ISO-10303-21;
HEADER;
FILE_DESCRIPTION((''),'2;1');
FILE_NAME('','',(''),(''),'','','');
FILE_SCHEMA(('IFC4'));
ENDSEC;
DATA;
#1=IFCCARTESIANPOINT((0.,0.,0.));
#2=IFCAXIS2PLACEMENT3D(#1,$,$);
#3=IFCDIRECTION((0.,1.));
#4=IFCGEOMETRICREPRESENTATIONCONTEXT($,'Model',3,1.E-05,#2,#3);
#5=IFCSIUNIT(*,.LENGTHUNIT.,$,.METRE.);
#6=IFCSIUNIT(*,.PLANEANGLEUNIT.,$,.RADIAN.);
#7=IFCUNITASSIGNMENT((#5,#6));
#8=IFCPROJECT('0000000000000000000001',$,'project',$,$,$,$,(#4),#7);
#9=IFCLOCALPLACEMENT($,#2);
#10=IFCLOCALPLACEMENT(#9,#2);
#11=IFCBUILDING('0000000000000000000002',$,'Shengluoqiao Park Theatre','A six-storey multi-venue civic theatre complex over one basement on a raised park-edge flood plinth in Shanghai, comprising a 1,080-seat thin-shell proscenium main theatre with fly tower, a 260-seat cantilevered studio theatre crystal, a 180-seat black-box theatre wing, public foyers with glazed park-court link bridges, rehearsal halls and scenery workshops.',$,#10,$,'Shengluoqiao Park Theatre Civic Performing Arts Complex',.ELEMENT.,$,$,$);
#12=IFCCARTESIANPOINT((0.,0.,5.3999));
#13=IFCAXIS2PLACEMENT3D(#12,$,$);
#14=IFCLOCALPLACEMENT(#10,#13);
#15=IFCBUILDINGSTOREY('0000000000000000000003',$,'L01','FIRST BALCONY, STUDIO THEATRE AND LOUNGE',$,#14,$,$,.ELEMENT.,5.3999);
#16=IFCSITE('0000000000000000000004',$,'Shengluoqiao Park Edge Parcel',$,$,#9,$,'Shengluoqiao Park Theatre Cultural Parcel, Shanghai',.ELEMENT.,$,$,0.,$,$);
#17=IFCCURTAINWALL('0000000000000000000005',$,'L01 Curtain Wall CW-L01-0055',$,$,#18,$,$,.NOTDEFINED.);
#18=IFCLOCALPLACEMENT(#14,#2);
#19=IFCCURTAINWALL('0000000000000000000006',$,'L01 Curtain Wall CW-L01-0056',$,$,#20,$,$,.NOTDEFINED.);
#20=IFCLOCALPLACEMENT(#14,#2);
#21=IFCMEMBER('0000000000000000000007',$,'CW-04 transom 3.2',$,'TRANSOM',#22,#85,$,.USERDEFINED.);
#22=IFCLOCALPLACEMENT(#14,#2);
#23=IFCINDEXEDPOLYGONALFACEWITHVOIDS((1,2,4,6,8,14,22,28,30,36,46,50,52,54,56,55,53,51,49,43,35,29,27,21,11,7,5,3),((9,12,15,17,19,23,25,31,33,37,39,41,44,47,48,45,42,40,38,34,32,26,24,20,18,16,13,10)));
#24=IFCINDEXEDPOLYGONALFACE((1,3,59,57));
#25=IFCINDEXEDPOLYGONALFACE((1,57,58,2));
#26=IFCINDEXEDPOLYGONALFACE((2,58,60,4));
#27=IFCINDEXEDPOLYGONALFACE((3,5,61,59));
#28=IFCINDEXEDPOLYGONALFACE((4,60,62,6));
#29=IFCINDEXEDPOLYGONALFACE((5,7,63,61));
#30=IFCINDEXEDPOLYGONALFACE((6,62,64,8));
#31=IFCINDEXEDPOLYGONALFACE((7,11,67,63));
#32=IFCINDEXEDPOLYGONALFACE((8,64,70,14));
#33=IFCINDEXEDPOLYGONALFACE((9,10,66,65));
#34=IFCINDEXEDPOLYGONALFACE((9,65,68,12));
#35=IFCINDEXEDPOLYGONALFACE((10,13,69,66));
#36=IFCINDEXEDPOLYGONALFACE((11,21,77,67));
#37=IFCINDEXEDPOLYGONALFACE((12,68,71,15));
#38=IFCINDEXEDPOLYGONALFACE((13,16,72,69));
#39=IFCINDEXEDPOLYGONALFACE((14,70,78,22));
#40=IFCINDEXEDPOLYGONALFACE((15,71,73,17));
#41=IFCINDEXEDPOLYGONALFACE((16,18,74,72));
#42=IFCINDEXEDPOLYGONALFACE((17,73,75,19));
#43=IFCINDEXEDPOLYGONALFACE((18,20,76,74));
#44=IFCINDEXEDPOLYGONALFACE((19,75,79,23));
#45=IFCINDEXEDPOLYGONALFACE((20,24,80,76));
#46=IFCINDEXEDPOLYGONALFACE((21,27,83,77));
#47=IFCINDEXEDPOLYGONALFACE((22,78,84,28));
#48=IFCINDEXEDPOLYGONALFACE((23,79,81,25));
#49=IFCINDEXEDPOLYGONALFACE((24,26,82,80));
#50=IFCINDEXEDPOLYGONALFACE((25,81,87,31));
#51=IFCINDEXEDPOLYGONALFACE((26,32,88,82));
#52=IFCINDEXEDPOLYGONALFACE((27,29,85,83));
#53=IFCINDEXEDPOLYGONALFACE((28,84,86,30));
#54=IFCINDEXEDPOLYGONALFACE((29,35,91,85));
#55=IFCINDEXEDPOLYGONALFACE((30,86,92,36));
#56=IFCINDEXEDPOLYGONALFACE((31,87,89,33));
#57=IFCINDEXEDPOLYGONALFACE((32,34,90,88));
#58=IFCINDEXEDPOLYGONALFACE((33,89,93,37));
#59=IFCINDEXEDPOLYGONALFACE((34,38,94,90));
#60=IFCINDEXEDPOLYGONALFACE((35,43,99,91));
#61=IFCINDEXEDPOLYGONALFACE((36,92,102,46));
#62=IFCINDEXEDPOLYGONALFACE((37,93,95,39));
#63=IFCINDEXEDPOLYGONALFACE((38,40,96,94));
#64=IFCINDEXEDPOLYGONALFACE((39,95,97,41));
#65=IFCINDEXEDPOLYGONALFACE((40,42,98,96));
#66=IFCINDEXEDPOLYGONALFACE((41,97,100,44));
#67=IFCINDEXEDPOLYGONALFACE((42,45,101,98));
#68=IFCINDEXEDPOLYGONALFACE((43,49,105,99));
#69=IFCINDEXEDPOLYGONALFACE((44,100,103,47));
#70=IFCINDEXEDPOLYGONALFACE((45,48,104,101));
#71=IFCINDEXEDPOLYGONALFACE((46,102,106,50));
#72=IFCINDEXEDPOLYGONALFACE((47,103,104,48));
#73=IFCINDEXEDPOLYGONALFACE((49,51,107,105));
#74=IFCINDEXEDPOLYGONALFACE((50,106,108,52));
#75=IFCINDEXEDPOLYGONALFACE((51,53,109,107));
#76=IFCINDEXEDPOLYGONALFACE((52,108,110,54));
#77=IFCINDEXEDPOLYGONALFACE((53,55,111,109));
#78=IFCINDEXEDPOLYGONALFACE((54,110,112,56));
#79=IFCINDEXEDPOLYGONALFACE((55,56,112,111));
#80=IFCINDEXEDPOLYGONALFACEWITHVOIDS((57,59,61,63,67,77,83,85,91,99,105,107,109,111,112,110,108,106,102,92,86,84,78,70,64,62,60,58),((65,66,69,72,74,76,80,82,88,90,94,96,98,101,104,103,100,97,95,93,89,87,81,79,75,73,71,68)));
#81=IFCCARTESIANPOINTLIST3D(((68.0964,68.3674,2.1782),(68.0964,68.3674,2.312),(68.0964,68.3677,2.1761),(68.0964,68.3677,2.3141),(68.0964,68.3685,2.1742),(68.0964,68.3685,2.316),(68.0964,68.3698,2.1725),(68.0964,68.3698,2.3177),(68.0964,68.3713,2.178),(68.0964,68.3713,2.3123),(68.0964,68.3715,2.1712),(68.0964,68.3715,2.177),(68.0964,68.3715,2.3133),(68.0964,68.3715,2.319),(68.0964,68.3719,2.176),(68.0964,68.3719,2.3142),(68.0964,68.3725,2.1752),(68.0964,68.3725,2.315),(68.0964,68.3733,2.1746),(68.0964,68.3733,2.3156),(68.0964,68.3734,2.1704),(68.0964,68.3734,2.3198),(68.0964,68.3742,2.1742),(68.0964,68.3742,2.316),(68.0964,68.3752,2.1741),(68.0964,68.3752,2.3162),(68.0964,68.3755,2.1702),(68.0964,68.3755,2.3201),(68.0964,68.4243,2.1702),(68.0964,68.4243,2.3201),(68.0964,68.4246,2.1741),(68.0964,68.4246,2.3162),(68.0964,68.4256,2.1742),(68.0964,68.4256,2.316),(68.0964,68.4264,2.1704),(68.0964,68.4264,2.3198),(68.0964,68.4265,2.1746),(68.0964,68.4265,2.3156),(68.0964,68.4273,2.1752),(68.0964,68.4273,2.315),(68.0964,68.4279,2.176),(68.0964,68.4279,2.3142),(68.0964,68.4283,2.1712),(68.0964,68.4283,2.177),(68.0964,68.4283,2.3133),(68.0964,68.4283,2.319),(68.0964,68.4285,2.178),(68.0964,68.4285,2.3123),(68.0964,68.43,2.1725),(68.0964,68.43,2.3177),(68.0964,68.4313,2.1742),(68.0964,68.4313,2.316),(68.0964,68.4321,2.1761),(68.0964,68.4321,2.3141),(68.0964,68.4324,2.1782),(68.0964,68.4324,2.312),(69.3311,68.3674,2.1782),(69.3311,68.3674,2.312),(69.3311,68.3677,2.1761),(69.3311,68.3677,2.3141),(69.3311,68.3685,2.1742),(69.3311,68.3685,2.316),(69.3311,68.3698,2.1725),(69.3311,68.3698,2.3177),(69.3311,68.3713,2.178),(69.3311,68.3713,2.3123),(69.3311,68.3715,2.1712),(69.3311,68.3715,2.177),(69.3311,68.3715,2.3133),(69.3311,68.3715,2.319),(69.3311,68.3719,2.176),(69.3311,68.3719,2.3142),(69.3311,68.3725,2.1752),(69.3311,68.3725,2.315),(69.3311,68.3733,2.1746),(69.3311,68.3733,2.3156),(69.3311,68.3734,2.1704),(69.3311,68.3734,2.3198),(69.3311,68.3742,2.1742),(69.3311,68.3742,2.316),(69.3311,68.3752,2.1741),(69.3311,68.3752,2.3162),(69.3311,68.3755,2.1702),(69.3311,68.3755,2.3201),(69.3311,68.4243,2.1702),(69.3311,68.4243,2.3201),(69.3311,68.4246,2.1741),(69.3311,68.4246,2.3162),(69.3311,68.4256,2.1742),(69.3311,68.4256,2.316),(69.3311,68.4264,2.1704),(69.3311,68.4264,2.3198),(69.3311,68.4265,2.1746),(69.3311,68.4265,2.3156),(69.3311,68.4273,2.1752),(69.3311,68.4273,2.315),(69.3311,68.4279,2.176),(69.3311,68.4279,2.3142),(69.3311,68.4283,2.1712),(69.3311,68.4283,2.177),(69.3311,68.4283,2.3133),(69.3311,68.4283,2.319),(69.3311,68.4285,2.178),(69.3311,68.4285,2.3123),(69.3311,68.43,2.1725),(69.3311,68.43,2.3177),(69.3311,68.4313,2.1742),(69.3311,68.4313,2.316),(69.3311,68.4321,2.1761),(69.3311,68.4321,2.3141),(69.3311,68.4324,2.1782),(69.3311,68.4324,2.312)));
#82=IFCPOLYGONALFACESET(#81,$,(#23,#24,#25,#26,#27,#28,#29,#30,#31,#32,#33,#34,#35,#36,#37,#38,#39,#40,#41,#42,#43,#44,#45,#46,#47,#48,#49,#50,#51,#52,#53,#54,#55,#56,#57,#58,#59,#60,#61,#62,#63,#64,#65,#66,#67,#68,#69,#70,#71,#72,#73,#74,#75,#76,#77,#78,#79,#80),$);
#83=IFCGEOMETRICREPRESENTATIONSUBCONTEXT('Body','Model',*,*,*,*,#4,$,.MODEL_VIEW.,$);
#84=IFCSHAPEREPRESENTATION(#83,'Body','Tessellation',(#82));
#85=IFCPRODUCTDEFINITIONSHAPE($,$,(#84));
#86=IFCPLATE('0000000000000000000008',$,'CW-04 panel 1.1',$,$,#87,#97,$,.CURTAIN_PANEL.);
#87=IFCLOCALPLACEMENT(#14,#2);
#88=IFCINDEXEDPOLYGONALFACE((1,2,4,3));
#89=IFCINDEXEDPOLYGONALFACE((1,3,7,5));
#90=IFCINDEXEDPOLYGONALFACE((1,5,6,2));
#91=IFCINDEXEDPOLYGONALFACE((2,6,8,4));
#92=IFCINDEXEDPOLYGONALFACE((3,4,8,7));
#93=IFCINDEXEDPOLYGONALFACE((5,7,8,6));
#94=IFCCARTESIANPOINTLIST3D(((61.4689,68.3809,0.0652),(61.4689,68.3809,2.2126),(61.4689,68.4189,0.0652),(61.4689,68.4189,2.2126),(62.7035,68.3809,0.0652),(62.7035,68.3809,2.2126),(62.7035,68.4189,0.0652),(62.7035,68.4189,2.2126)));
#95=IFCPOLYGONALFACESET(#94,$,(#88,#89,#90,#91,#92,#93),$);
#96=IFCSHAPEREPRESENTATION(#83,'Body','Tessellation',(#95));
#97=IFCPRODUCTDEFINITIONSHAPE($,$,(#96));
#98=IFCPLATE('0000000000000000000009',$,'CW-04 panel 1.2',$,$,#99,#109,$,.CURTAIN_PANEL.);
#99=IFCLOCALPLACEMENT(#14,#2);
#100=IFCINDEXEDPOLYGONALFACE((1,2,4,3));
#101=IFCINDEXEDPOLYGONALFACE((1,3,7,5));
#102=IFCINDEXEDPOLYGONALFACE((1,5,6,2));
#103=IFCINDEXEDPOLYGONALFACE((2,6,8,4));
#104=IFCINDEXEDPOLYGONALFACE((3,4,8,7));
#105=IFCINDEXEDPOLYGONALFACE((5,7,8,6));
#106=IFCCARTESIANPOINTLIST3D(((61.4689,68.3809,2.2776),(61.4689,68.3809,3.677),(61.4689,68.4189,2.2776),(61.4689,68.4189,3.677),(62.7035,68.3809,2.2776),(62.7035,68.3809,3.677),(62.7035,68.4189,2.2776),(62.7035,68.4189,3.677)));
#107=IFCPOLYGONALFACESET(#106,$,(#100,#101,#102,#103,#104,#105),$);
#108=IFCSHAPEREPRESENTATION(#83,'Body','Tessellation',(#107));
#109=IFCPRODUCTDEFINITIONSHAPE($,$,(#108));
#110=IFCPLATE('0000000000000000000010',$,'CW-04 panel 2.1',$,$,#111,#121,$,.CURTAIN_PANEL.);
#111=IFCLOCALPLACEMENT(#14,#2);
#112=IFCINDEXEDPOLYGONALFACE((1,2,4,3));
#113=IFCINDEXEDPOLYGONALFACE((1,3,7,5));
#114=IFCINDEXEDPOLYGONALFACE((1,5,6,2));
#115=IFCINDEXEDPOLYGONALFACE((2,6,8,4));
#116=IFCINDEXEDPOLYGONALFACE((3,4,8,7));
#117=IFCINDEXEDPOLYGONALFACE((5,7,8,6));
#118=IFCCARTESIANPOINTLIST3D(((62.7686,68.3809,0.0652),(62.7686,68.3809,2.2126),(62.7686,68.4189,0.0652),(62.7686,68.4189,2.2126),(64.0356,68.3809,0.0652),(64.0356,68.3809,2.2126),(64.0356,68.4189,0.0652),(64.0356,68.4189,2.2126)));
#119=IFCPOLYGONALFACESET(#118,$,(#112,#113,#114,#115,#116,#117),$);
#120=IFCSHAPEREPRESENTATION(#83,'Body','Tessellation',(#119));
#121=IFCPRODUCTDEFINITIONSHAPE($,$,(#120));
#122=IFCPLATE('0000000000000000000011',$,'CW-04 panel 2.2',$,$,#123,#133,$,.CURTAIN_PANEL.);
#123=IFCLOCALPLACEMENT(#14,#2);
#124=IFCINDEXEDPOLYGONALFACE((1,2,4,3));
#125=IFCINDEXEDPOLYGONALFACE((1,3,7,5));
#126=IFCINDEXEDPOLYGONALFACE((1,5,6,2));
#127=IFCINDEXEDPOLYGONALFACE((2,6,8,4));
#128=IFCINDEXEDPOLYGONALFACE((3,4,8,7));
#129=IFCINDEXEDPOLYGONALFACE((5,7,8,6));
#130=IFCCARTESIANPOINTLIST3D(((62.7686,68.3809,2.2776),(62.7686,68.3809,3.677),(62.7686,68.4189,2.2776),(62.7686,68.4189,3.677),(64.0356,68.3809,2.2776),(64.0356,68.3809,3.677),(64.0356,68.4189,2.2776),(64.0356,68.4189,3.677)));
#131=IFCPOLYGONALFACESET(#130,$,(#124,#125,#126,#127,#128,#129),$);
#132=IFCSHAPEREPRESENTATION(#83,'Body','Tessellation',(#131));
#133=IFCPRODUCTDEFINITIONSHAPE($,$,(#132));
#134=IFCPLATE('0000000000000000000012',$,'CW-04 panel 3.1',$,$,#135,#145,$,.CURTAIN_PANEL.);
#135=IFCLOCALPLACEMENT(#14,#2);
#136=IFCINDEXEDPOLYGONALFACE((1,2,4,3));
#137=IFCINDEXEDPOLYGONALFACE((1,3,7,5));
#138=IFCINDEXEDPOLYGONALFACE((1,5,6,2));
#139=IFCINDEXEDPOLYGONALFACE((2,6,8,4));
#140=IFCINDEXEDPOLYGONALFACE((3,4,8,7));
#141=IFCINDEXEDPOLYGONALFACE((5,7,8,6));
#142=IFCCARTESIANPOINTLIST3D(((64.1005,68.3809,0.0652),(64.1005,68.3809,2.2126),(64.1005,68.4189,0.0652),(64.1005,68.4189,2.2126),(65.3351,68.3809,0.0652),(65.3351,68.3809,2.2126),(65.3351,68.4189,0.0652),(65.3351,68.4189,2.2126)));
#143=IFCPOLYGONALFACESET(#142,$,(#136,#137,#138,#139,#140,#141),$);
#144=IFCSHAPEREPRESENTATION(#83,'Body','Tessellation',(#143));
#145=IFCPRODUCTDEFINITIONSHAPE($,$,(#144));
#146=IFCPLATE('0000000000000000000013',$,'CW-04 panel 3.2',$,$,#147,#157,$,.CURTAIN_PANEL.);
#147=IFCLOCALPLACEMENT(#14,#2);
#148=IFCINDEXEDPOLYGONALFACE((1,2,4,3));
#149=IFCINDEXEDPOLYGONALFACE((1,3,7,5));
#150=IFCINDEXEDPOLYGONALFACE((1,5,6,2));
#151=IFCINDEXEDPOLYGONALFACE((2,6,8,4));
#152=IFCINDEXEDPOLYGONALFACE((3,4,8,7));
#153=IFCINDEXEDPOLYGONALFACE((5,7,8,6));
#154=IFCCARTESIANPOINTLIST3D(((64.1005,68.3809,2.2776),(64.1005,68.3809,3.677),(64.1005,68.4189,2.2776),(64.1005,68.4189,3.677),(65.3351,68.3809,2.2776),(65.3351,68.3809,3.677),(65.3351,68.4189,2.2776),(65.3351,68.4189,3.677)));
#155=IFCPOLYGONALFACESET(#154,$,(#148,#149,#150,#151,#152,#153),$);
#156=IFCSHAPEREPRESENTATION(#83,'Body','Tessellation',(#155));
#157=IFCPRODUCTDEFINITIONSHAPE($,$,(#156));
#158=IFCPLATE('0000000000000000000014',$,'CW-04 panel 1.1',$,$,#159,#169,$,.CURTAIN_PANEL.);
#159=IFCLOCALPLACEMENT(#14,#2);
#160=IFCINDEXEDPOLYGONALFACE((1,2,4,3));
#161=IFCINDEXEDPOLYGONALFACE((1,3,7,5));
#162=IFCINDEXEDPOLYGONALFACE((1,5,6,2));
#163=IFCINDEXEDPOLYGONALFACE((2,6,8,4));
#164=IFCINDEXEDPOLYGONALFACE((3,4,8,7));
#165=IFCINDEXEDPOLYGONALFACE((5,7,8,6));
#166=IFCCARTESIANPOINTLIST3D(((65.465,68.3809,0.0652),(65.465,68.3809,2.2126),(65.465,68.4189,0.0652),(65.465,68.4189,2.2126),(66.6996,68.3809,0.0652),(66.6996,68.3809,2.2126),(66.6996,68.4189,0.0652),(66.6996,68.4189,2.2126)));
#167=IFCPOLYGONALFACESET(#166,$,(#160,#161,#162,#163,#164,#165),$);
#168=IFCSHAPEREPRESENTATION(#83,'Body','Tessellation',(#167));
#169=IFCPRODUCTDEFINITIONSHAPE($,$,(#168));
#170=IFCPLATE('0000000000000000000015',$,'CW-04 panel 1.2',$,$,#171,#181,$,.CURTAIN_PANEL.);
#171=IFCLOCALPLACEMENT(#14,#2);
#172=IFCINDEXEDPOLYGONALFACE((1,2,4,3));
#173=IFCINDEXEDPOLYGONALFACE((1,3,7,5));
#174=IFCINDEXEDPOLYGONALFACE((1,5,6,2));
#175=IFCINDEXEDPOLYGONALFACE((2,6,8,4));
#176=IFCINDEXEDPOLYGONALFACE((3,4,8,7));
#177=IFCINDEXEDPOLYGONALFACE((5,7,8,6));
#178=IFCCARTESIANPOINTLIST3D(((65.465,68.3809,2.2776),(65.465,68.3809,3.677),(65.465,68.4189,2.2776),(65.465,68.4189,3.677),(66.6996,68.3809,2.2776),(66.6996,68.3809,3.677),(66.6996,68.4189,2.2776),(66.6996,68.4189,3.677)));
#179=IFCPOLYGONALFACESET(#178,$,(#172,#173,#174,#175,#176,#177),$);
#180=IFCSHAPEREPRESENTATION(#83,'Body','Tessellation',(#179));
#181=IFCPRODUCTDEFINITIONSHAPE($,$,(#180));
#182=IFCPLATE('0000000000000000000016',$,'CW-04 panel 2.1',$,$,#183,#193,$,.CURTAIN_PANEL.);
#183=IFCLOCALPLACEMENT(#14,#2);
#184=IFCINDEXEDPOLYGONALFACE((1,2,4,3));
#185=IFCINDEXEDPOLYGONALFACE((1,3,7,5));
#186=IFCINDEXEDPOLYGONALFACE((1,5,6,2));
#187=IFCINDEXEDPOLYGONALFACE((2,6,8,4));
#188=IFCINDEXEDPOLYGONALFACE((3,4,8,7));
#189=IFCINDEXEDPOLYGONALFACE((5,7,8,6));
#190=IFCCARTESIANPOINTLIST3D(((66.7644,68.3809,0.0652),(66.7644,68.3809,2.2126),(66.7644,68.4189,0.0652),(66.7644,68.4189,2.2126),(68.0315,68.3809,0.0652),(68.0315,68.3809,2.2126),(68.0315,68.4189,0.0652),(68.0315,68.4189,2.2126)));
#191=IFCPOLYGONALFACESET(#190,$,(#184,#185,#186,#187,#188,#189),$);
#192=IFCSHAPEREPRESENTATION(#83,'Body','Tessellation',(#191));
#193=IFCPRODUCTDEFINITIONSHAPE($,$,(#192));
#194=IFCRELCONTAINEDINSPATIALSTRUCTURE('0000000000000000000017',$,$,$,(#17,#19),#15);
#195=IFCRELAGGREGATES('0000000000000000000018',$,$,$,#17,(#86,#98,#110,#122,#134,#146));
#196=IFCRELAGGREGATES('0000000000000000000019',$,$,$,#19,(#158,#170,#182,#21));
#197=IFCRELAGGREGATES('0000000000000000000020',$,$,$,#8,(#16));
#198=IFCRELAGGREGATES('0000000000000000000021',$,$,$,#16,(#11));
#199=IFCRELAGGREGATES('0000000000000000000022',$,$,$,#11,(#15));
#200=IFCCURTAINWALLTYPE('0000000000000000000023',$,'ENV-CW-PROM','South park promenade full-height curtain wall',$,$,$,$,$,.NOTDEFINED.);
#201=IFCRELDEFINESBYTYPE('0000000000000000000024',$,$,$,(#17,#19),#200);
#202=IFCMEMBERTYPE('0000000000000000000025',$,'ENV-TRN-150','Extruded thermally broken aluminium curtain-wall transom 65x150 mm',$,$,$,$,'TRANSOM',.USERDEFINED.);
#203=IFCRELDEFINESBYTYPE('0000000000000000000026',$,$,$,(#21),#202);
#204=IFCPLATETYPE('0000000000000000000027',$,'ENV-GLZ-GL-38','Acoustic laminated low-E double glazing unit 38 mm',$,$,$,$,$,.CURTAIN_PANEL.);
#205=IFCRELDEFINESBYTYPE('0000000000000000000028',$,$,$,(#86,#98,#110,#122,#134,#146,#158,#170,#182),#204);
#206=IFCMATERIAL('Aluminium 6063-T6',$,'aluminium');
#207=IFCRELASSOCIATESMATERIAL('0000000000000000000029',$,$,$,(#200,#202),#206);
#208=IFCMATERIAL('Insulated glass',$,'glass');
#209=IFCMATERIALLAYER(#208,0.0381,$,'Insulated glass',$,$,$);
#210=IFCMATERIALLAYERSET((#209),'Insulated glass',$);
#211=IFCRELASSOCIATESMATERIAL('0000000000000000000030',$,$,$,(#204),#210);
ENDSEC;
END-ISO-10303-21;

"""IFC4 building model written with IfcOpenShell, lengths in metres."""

from ifc_helpers import new_model, si_unit, direction, frame, origin, origin_2d, place, context, subcontext, project, spatial, rectangle, hollow_rectangle, extrude, material, layer, layer_set, material_profile, profile_set, type_object, element, aggregate, save


model = new_model("IFC4")

# Units and contexts
model_context = context("Model", 3, precision=1e-05, world=origin(), true_north=direction((0.0, 1.0)))
body_context = subcontext(model_context, "Body", "Model", "MODEL_VIEW")
ifc_project = project(units=[si_unit("LENGTHUNIT", "METRE"), si_unit("PLANEANGLEUNIT", "RADIAN")], contexts=[model_context])

# Site, building, storey
site_placement = place(None, origin())
site = spatial("IfcSite", under=ifc_project, at=site_placement, Name="Shengluoqiao Park Edge Parcel", LongName="Shengluoqiao Park Theatre Cultural Parcel, Shanghai", CompositionType="ELEMENT", RefElevation=0.0)
building_placement = place(site_placement, origin())
building = spatial("IfcBuilding", under=site, at=building_placement, Name="Shengluoqiao Park Theatre", Description="A six-storey multi-venue civic theatre complex over one basement on a raised park-edge flood plinth in Shanghai, comprising a 1,080-seat thin-shell proscenium main theatre with fly tower, a 260-seat cantilevered studio theatre crystal, a 180-seat black-box theatre wing, public foyers with glazed park-court link bridges, rehearsal halls and scenery workshops.", LongName="Shengluoqiao Park Theatre Civic Performing Arts Complex", CompositionType="ELEMENT")
storey_placement = place(building_placement, frame((0.0, 0.0, 5.3999)))
storey = spatial("IfcBuildingStorey", under=building, at=storey_placement, Name="L01", Description="FIRST BALCONY, STUDIO THEATRE AND LOUNGE", CompositionType="ELEMENT", Elevation=5.3999)

# Curtain walls
ifc_material_1 = material(Name="Aluminium 6063-T6", Category="aluminium")
curtain_wall_type = type_object("IfcCurtainWallType", Name="ENV-CW-PROM", Description="South park promenade full-height curtain wall", PredefinedType="NOTDEFINED", material=ifc_material_1)
curtain_wall_1_placement = place(storey_placement, origin())
curtain_wall_1 = element("IfcCurtainWall", 1, at=curtain_wall_1_placement, inside=storey, type_object=curtain_wall_type, Name="L01 Curtain Wall CW-L01-0055", PredefinedType="NOTDEFINED")
curtain_wall_2_placement = place(storey_placement, origin())
curtain_wall_2 = element("IfcCurtainWall", 2, at=curtain_wall_2_placement, inside=storey, type_object=curtain_wall_type, Name="L01 Curtain Wall CW-L01-0056", PredefinedType="NOTDEFINED")

# Member
ifc_material_profile_1 = material_profile(ifc_material_1, hollow_rectangle(XDim=0.0649, YDim=0.1499, WallThickness=0.0039, InnerFilletRadius=0.0039, OuterFilletRadius=0.0081, at=origin_2d()), Name="ALU TRANSOM 150x65x4")
ifc_profile_set_1 = profile_set([ifc_material_profile_1], Name="Aluminium 6063-T6")
member_type_1 = type_object("IfcMemberType", Name="ENV-TRN-150", Description="Extruded thermally broken aluminium curtain-wall transom 65x150 mm", ElementType="TRANSOM", PredefinedType="USERDEFINED", material=ifc_profile_set_1)
member_1_placement = place(storey_placement, frame((68.0964, 68.3999, 2.2451), z_axis=(1.0, 0.0, 0.0), x_axis=(0.0, 1.0, 0.0)))
member_1 = element("IfcMember", 3, at=member_1_placement, type_object=member_type_1, Name="CW-04 transom 3.2", ObjectType="TRANSOM", PredefinedType="USERDEFINED", context=body_context, shape_type="SweptSolid", body=[
    extrude(hollow_rectangle(XDim=0.0649, YDim=0.1499, WallThickness=0.0039, InnerFilletRadius=0.0039, OuterFilletRadius=0.0081, at=origin_2d()), origin(), (0.0, 0.0, 1.0), 1.2346),
])

# Plates
ifc_material_2 = material(Name="Insulated glass", Category="glass")
ifc_layer = layer(ifc_material_2, 0.0381, Name="Insulated glass")
ifc_layer_set = layer_set([ifc_layer], Name="Insulated glass")
plate_type = type_object("IfcPlateType", Name="ENV-GLZ-GL-38", Description="Acoustic laminated low-E double glazing unit 38 mm", PredefinedType="CURTAIN_PANEL", material=ifc_layer_set)
plate_1_placement = place(storey_placement, frame((62.0862, 68.3999, 0.0652), z_axis=(0.0, 0.0, 1.0), x_axis=(1.0, 0.0, 0.0)))
plate_1 = element("IfcPlate", 4, at=plate_1_placement, type_object=plate_type, Name="CW-04 panel 1.1", PredefinedType="CURTAIN_PANEL", context=body_context, shape_type="SweptSolid", body=[
    extrude(rectangle(XDim=1.2346, YDim=0.0381, at=origin_2d()), origin(), (0.0, 0.0, 1.0), 2.1475),
])
plate_2_placement = place(storey_placement, frame((62.0862, 68.3999, 2.2776), z_axis=(0.0, 0.0, 1.0), x_axis=(1.0, 0.0, 0.0)))
plate_2 = element("IfcPlate", 5, at=plate_2_placement, type_object=plate_type, Name="CW-04 panel 1.2", PredefinedType="CURTAIN_PANEL", context=body_context, shape_type="SweptSolid", body=[
    extrude(rectangle(XDim=1.2346, YDim=0.0381, at=origin_2d()), origin(), (0.0, 0.0, 1.0), 1.3994),
])
plate_3_placement = place(storey_placement, frame((63.4021, 68.3999, 0.0652), z_axis=(0.0, 0.0, 1.0), x_axis=(1.0, 0.0, 0.0)))
plate_3 = element("IfcPlate", 6, at=plate_3_placement, type_object=plate_type, Name="CW-04 panel 2.1", PredefinedType="CURTAIN_PANEL", context=body_context, shape_type="SweptSolid", body=[
    extrude(rectangle(XDim=1.2671, YDim=0.0381, at=origin_2d()), origin(), (0.0, 0.0, 1.0), 2.1475),
])
plate_4_placement = place(storey_placement, frame((63.4021, 68.3999, 2.2776), z_axis=(0.0, 0.0, 1.0), x_axis=(1.0, 0.0, 0.0)))
plate_4 = element("IfcPlate", 7, at=plate_4_placement, type_object=plate_type, Name="CW-04 panel 2.2", PredefinedType="CURTAIN_PANEL", context=body_context, shape_type="SweptSolid", body=[
    extrude(rectangle(XDim=1.2671, YDim=0.0381, at=origin_2d()), origin(), (0.0, 0.0, 1.0), 1.3994),
])
plate_5_placement = place(storey_placement, frame((64.7178, 68.3999, 0.0652), z_axis=(0.0, 0.0, 1.0), x_axis=(1.0, 0.0, 0.0)))
plate_5 = element("IfcPlate", 8, at=plate_5_placement, type_object=plate_type, Name="CW-04 panel 3.1", PredefinedType="CURTAIN_PANEL", context=body_context, shape_type="SweptSolid", body=[
    extrude(rectangle(XDim=1.2346, YDim=0.0381, at=origin_2d()), origin(), (0.0, 0.0, 1.0), 2.1475),
])
plate_6_placement = place(storey_placement, frame((64.7178, 68.3999, 2.2776), z_axis=(0.0, 0.0, 1.0), x_axis=(1.0, 0.0, 0.0)))
plate_6 = element("IfcPlate", 9, at=plate_6_placement, type_object=plate_type, Name="CW-04 panel 3.2", PredefinedType="CURTAIN_PANEL", context=body_context, shape_type="SweptSolid", body=[
    extrude(rectangle(XDim=1.2346, YDim=0.0381, at=origin_2d()), origin(), (0.0, 0.0, 1.0), 1.3994),
])
aggregate(curtain_wall_1, [plate_1, plate_2, plate_3, plate_4, plate_5, plate_6])
plate_7_placement = place(storey_placement, frame((66.0823, 68.3999, 0.0652), z_axis=(0.0, 0.0, 1.0), x_axis=(1.0, 0.0, 0.0)))
plate_7 = element("IfcPlate", 10, at=plate_7_placement, type_object=plate_type, Name="CW-04 panel 1.1", PredefinedType="CURTAIN_PANEL", context=body_context, shape_type="SweptSolid", body=[
    extrude(rectangle(XDim=1.2346, YDim=0.0381, at=origin_2d()), origin(), (0.0, 0.0, 1.0), 2.1475),
])
plate_8_placement = place(storey_placement, frame((66.0823, 68.3999, 2.2776), z_axis=(0.0, 0.0, 1.0), x_axis=(1.0, 0.0, 0.0)))
plate_8 = element("IfcPlate", 11, at=plate_8_placement, type_object=plate_type, Name="CW-04 panel 1.2", PredefinedType="CURTAIN_PANEL", context=body_context, shape_type="SweptSolid", body=[
    extrude(rectangle(XDim=1.2346, YDim=0.0381, at=origin_2d()), origin(), (0.0, 0.0, 1.0), 1.3994),
])
plate_9_placement = place(storey_placement, frame((67.3979, 68.3999, 0.0652), z_axis=(0.0, 0.0, 1.0), x_axis=(1.0, 0.0, 0.0)))
plate_9 = element("IfcPlate", 12, at=plate_9_placement, type_object=plate_type, Name="CW-04 panel 2.1", PredefinedType="CURTAIN_PANEL", context=body_context, shape_type="SweptSolid", body=[
    extrude(rectangle(XDim=1.2671, YDim=0.0381, at=origin_2d()), origin(), (0.0, 0.0, 1.0), 2.1475),
])
aggregate(curtain_wall_2, [plate_7, plate_8, plate_9, member_1])

save(model, "model.ifc")
